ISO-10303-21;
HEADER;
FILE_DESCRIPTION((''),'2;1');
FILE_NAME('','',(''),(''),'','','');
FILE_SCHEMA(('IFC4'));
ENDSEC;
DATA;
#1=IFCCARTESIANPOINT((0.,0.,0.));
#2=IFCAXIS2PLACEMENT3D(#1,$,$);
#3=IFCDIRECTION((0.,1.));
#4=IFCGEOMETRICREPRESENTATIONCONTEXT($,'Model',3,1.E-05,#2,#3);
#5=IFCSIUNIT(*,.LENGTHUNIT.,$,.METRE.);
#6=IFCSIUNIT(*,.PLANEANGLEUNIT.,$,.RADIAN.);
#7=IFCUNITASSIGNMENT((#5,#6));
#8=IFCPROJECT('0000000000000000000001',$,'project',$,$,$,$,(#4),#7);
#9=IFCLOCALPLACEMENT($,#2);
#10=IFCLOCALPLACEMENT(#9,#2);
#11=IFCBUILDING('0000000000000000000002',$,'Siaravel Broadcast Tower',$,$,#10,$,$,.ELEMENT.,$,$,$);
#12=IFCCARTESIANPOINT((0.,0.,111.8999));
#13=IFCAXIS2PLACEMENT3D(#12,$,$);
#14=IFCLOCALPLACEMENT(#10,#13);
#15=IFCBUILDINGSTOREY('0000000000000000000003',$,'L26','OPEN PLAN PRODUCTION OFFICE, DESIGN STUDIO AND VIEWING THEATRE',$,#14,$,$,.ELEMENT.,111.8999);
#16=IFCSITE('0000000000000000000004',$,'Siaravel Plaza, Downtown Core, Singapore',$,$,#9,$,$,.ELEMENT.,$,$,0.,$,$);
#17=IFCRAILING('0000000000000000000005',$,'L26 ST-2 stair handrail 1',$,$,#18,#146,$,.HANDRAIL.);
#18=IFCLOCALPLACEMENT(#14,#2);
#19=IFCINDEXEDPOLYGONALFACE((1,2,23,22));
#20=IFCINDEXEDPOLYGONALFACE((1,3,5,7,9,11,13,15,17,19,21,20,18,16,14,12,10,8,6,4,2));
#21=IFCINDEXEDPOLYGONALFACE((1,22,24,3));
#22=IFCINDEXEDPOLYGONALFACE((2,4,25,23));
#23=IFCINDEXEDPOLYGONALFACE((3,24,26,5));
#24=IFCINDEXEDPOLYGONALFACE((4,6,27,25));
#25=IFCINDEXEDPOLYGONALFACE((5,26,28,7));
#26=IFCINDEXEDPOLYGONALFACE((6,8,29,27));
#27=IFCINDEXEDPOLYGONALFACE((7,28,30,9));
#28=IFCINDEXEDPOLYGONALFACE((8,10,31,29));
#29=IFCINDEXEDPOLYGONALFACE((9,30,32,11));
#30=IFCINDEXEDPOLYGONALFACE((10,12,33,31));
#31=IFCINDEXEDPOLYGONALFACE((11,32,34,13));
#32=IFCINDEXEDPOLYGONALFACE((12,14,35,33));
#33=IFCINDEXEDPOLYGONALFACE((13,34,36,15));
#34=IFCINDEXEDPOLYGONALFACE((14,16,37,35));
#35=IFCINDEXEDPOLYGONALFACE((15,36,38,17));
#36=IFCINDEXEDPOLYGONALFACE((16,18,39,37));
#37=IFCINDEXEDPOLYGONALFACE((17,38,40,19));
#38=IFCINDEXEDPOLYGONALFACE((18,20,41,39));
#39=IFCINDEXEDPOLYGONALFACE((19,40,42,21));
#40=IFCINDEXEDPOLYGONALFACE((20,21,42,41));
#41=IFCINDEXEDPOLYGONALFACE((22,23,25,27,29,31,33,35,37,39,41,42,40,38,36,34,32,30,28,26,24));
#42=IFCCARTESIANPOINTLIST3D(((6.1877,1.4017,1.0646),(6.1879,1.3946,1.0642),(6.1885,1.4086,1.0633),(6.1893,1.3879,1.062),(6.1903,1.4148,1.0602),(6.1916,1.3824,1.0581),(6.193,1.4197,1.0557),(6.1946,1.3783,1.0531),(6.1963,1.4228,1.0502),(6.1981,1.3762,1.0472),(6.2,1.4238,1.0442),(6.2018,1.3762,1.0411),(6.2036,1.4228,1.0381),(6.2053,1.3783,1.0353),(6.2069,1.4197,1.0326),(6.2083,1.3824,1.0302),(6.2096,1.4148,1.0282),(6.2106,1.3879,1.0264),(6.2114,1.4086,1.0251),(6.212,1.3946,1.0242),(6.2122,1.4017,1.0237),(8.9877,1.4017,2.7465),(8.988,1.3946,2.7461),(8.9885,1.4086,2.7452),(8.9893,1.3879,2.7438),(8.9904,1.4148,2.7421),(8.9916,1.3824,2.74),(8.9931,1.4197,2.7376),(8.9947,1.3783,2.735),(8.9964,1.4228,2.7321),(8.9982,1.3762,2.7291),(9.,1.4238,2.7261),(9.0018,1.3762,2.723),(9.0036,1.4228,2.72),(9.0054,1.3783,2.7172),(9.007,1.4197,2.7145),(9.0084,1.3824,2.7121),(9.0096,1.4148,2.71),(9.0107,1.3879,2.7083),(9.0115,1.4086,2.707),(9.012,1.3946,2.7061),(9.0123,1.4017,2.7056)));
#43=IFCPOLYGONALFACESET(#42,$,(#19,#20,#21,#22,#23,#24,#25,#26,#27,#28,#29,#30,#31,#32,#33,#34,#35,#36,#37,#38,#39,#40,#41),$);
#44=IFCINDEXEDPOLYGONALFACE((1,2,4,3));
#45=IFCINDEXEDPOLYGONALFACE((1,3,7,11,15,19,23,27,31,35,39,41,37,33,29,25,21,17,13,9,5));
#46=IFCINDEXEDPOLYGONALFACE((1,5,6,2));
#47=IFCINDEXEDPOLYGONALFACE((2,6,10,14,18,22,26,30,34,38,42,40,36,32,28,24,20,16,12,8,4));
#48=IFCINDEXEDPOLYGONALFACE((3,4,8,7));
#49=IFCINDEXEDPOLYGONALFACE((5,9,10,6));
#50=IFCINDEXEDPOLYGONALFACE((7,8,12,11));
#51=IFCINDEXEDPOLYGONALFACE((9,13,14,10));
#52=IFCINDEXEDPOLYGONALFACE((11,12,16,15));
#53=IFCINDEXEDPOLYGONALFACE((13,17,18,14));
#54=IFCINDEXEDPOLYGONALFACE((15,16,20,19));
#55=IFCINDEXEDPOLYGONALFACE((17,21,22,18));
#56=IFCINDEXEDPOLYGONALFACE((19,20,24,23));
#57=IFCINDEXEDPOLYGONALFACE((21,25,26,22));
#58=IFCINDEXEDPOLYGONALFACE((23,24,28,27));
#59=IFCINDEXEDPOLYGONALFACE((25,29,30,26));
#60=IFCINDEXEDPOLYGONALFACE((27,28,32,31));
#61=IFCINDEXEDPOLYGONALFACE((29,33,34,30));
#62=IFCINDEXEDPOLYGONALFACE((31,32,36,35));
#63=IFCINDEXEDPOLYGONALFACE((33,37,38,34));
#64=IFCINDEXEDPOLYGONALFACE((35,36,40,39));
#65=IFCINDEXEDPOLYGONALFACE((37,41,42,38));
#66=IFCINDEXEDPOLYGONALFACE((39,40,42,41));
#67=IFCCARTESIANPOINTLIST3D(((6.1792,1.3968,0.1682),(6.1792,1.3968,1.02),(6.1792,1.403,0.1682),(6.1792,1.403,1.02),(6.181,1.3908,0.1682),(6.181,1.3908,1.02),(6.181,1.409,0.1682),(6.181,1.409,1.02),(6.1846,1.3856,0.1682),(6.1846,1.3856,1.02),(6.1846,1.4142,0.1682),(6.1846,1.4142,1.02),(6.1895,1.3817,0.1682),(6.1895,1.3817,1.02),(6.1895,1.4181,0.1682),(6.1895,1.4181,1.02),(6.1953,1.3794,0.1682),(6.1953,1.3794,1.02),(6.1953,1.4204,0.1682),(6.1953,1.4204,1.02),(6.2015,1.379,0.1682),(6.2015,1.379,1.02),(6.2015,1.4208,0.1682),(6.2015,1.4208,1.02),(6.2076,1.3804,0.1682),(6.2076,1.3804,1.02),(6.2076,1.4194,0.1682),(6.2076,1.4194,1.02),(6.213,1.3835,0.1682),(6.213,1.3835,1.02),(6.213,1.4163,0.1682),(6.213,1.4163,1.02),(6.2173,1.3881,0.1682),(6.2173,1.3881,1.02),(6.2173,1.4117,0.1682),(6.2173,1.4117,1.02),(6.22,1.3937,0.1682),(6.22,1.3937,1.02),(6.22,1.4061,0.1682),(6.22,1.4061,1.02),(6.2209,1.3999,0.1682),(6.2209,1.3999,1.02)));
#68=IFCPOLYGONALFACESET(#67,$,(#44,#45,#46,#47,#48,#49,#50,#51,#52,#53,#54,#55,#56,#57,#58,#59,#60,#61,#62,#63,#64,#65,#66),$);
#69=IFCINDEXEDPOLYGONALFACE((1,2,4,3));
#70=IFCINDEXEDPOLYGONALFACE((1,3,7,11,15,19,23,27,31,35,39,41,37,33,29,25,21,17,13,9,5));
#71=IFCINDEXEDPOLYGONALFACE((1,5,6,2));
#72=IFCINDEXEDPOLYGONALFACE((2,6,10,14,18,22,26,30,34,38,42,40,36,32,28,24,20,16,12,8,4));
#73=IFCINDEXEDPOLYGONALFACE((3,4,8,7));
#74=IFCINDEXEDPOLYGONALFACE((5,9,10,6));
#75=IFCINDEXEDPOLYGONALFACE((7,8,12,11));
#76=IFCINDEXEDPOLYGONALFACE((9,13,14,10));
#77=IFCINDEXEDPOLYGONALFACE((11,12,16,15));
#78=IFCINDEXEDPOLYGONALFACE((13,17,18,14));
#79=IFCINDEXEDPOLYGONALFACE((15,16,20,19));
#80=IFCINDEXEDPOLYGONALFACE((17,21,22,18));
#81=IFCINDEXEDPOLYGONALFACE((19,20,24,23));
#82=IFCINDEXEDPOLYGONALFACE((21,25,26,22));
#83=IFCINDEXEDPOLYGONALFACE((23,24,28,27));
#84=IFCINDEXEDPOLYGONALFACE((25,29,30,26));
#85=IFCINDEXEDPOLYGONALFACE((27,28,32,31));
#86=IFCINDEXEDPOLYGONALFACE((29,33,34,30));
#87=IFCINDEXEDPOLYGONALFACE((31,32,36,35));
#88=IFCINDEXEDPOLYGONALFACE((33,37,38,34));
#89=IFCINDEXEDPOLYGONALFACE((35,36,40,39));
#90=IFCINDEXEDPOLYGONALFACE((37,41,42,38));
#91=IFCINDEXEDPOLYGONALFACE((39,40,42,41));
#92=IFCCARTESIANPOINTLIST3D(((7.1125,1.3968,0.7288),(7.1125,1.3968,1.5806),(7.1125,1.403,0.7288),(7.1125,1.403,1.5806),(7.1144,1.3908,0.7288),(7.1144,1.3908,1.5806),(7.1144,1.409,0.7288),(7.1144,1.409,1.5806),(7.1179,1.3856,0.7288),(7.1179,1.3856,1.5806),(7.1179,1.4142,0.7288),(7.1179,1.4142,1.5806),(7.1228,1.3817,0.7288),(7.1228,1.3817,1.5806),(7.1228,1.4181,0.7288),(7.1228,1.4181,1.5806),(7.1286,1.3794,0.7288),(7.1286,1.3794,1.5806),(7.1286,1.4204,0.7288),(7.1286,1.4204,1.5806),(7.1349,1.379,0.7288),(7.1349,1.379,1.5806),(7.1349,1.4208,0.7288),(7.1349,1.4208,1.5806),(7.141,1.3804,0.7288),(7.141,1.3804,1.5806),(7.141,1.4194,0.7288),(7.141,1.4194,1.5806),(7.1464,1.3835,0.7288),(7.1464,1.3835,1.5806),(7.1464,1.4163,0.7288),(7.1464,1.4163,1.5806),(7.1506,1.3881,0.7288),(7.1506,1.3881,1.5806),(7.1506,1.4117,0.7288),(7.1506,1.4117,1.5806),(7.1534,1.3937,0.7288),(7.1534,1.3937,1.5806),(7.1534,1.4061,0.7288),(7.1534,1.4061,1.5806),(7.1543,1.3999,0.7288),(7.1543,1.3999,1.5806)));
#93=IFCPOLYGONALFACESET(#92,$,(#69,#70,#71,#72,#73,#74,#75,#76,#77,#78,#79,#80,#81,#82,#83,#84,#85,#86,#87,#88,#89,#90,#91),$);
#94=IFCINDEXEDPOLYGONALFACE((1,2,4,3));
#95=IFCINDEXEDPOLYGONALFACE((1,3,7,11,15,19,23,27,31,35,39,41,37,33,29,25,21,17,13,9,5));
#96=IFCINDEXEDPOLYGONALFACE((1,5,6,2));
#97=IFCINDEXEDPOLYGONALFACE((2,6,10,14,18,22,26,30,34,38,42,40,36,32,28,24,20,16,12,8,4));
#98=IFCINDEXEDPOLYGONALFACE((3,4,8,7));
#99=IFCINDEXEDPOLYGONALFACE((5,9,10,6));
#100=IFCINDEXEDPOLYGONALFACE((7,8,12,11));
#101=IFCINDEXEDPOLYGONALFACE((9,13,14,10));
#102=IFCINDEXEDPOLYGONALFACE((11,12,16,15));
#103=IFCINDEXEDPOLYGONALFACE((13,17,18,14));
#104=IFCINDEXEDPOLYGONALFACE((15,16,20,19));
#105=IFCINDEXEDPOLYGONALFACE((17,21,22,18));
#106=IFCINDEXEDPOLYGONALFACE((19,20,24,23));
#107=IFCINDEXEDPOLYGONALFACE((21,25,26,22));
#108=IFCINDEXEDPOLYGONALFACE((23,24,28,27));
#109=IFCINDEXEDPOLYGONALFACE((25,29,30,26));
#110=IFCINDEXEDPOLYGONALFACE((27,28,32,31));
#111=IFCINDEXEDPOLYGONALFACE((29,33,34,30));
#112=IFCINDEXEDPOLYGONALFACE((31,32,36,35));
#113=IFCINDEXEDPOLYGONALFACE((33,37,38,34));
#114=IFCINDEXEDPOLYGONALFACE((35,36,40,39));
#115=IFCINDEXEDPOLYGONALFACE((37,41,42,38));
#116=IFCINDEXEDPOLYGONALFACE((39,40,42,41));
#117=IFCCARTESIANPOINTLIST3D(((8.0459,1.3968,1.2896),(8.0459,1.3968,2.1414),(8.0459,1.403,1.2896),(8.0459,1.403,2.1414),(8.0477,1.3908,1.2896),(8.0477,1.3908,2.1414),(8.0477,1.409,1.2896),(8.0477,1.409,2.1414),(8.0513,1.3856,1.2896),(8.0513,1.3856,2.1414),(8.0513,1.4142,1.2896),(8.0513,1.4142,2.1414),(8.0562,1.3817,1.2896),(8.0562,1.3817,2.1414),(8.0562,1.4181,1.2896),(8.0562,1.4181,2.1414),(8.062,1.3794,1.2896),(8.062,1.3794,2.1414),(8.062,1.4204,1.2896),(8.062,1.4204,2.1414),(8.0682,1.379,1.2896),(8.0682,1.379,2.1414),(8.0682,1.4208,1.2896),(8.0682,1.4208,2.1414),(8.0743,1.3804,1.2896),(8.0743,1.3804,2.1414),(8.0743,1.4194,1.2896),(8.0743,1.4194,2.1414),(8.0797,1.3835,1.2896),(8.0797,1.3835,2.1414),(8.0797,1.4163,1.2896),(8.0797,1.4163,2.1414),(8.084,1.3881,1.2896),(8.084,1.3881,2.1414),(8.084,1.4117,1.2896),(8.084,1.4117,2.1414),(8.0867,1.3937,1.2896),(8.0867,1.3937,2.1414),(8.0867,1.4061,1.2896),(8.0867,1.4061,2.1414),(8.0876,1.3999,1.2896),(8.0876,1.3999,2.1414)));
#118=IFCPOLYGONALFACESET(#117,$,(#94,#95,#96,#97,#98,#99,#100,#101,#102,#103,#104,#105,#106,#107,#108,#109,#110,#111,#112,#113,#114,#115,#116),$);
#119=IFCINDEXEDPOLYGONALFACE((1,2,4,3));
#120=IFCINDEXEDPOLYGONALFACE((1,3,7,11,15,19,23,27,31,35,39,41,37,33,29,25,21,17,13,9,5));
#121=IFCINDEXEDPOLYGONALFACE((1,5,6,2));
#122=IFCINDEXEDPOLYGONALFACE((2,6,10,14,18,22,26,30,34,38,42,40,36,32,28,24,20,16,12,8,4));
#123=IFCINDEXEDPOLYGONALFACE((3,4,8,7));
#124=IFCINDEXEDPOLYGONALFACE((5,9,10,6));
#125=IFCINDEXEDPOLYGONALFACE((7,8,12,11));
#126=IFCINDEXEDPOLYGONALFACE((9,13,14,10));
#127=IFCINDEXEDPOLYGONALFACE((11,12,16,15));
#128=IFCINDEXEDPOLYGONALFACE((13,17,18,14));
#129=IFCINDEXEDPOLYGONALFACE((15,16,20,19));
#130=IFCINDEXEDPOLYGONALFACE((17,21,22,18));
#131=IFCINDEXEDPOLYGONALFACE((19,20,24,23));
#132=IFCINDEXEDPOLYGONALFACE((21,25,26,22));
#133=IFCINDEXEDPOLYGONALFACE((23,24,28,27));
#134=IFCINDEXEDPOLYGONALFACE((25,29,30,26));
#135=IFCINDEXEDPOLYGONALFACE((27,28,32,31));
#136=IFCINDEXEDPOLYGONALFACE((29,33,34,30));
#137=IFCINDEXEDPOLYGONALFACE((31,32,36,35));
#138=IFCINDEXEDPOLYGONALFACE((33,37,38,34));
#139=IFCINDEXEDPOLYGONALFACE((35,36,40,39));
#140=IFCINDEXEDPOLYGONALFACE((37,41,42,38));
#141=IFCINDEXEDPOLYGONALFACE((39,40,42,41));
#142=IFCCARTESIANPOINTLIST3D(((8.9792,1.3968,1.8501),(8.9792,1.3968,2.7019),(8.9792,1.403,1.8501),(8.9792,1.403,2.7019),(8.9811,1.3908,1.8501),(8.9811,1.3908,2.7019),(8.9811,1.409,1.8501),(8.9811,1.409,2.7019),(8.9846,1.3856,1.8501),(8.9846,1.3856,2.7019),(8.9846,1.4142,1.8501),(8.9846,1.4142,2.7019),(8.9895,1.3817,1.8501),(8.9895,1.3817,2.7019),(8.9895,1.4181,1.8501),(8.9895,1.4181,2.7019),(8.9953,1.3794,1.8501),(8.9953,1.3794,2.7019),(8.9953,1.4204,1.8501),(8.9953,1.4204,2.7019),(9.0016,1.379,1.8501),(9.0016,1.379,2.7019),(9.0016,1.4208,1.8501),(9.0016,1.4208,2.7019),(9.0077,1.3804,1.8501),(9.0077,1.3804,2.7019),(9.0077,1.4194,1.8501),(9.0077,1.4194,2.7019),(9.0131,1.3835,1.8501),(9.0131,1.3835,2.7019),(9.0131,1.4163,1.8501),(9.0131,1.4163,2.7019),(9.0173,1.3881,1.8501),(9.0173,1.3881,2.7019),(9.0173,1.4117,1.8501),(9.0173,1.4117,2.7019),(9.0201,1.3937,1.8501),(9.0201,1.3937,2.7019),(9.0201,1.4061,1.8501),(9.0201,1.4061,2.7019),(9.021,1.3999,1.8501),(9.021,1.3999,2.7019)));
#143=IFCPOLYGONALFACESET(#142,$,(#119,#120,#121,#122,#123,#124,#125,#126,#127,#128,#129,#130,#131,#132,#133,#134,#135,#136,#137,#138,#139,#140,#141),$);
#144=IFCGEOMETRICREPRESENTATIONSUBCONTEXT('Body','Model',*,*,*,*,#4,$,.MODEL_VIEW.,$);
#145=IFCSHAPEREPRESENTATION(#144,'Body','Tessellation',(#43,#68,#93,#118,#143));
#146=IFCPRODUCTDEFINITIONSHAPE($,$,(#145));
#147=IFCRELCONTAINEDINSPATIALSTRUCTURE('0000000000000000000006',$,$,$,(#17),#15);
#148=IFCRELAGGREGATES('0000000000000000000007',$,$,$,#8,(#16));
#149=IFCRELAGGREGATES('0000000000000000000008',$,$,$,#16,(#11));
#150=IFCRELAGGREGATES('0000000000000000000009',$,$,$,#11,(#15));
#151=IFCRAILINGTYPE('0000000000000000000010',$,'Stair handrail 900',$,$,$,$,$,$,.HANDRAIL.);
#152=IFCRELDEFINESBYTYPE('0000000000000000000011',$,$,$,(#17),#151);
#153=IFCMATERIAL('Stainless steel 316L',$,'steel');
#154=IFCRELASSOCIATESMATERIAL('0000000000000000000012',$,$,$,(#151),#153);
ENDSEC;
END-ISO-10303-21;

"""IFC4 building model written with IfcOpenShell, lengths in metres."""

from ifc_helpers import new_model, si_unit, direction, frame, origin, origin_2d, place, context, subcontext, project, spatial, circle, extrude, material, type_object, element, save


model = new_model("IFC4")

# Units and contexts
model_context = context("Model", 3, precision=1e-05, world=origin(), true_north=direction((0.0, 1.0)))
body_context = subcontext(model_context, "Body", "Model", "MODEL_VIEW")
ifc_project = project(units=[si_unit("LENGTHUNIT", "METRE"), si_unit("PLANEANGLEUNIT", "RADIAN")], contexts=[model_context])

# Site, building, storey
site_placement = place(None, origin())
site = spatial("IfcSite", under=ifc_project, at=site_placement, Name="Siaravel Plaza, Downtown Core, Singapore", CompositionType="ELEMENT", RefElevation=0.0)
building_placement = place(site_placement, origin())
building = spatial("IfcBuilding", under=site, at=building_placement, Name="Siaravel Broadcast Tower", CompositionType="ELEMENT")
storey_placement = place(building_placement, frame((0.0, 0.0, 111.8999)))
storey = spatial("IfcBuildingStorey", under=building, at=storey_placement, Name="L26", Description="OPEN PLAN PRODUCTION OFFICE, DESIGN STUDIO AND VIEWING THEATRE", CompositionType="ELEMENT", Elevation=111.8999)

# Railing
ifc_material_1 = material(Name="Stainless steel 316L", Category="steel")
railing_type_1 = type_object("IfcRailingType", Name="Stair handrail 900", PredefinedType="HANDRAIL", material=ifc_material_1)
railing_1_placement = place(storey_placement, frame((6.2, 1.3999, 0.1682)))
element("IfcRailing", 1, at=railing_1_placement, inside=storey, type_object=railing_type_1, Name="L26 ST-2 stair handrail 1", PredefinedType="HANDRAIL", context=body_context, shape_type="SweptSolid", body=[
    extrude(circle(Radius=0.0239, at=origin_2d()), frame((0.0, 0.0, 0.876), z_axis=(0.857242, 0.0, 0.514913), x_axis=(0.0, 1.0, 0.0)), (0.0, 0.0, 1.0), 3.2664),
    extrude(circle(Radius=0.021, at=origin_2d()), origin(), (0.0, 0.0, 1.0), 0.8518),
    extrude(circle(Radius=0.021, at=origin_2d()), frame((0.9333, 0.0, 0.5605)), (0.0, 0.0, 1.0), 0.8518),
    extrude(circle(Radius=0.021, at=origin_2d()), frame((1.8667, 0.0, 1.1213)), (0.0, 0.0, 1.0), 0.8518),
    extrude(circle(Radius=0.021, at=origin_2d()), frame((2.8, 0.0, 1.6819)), (0.0, 0.0, 1.0), 0.8518),
])

save(model, "model.ifc")
